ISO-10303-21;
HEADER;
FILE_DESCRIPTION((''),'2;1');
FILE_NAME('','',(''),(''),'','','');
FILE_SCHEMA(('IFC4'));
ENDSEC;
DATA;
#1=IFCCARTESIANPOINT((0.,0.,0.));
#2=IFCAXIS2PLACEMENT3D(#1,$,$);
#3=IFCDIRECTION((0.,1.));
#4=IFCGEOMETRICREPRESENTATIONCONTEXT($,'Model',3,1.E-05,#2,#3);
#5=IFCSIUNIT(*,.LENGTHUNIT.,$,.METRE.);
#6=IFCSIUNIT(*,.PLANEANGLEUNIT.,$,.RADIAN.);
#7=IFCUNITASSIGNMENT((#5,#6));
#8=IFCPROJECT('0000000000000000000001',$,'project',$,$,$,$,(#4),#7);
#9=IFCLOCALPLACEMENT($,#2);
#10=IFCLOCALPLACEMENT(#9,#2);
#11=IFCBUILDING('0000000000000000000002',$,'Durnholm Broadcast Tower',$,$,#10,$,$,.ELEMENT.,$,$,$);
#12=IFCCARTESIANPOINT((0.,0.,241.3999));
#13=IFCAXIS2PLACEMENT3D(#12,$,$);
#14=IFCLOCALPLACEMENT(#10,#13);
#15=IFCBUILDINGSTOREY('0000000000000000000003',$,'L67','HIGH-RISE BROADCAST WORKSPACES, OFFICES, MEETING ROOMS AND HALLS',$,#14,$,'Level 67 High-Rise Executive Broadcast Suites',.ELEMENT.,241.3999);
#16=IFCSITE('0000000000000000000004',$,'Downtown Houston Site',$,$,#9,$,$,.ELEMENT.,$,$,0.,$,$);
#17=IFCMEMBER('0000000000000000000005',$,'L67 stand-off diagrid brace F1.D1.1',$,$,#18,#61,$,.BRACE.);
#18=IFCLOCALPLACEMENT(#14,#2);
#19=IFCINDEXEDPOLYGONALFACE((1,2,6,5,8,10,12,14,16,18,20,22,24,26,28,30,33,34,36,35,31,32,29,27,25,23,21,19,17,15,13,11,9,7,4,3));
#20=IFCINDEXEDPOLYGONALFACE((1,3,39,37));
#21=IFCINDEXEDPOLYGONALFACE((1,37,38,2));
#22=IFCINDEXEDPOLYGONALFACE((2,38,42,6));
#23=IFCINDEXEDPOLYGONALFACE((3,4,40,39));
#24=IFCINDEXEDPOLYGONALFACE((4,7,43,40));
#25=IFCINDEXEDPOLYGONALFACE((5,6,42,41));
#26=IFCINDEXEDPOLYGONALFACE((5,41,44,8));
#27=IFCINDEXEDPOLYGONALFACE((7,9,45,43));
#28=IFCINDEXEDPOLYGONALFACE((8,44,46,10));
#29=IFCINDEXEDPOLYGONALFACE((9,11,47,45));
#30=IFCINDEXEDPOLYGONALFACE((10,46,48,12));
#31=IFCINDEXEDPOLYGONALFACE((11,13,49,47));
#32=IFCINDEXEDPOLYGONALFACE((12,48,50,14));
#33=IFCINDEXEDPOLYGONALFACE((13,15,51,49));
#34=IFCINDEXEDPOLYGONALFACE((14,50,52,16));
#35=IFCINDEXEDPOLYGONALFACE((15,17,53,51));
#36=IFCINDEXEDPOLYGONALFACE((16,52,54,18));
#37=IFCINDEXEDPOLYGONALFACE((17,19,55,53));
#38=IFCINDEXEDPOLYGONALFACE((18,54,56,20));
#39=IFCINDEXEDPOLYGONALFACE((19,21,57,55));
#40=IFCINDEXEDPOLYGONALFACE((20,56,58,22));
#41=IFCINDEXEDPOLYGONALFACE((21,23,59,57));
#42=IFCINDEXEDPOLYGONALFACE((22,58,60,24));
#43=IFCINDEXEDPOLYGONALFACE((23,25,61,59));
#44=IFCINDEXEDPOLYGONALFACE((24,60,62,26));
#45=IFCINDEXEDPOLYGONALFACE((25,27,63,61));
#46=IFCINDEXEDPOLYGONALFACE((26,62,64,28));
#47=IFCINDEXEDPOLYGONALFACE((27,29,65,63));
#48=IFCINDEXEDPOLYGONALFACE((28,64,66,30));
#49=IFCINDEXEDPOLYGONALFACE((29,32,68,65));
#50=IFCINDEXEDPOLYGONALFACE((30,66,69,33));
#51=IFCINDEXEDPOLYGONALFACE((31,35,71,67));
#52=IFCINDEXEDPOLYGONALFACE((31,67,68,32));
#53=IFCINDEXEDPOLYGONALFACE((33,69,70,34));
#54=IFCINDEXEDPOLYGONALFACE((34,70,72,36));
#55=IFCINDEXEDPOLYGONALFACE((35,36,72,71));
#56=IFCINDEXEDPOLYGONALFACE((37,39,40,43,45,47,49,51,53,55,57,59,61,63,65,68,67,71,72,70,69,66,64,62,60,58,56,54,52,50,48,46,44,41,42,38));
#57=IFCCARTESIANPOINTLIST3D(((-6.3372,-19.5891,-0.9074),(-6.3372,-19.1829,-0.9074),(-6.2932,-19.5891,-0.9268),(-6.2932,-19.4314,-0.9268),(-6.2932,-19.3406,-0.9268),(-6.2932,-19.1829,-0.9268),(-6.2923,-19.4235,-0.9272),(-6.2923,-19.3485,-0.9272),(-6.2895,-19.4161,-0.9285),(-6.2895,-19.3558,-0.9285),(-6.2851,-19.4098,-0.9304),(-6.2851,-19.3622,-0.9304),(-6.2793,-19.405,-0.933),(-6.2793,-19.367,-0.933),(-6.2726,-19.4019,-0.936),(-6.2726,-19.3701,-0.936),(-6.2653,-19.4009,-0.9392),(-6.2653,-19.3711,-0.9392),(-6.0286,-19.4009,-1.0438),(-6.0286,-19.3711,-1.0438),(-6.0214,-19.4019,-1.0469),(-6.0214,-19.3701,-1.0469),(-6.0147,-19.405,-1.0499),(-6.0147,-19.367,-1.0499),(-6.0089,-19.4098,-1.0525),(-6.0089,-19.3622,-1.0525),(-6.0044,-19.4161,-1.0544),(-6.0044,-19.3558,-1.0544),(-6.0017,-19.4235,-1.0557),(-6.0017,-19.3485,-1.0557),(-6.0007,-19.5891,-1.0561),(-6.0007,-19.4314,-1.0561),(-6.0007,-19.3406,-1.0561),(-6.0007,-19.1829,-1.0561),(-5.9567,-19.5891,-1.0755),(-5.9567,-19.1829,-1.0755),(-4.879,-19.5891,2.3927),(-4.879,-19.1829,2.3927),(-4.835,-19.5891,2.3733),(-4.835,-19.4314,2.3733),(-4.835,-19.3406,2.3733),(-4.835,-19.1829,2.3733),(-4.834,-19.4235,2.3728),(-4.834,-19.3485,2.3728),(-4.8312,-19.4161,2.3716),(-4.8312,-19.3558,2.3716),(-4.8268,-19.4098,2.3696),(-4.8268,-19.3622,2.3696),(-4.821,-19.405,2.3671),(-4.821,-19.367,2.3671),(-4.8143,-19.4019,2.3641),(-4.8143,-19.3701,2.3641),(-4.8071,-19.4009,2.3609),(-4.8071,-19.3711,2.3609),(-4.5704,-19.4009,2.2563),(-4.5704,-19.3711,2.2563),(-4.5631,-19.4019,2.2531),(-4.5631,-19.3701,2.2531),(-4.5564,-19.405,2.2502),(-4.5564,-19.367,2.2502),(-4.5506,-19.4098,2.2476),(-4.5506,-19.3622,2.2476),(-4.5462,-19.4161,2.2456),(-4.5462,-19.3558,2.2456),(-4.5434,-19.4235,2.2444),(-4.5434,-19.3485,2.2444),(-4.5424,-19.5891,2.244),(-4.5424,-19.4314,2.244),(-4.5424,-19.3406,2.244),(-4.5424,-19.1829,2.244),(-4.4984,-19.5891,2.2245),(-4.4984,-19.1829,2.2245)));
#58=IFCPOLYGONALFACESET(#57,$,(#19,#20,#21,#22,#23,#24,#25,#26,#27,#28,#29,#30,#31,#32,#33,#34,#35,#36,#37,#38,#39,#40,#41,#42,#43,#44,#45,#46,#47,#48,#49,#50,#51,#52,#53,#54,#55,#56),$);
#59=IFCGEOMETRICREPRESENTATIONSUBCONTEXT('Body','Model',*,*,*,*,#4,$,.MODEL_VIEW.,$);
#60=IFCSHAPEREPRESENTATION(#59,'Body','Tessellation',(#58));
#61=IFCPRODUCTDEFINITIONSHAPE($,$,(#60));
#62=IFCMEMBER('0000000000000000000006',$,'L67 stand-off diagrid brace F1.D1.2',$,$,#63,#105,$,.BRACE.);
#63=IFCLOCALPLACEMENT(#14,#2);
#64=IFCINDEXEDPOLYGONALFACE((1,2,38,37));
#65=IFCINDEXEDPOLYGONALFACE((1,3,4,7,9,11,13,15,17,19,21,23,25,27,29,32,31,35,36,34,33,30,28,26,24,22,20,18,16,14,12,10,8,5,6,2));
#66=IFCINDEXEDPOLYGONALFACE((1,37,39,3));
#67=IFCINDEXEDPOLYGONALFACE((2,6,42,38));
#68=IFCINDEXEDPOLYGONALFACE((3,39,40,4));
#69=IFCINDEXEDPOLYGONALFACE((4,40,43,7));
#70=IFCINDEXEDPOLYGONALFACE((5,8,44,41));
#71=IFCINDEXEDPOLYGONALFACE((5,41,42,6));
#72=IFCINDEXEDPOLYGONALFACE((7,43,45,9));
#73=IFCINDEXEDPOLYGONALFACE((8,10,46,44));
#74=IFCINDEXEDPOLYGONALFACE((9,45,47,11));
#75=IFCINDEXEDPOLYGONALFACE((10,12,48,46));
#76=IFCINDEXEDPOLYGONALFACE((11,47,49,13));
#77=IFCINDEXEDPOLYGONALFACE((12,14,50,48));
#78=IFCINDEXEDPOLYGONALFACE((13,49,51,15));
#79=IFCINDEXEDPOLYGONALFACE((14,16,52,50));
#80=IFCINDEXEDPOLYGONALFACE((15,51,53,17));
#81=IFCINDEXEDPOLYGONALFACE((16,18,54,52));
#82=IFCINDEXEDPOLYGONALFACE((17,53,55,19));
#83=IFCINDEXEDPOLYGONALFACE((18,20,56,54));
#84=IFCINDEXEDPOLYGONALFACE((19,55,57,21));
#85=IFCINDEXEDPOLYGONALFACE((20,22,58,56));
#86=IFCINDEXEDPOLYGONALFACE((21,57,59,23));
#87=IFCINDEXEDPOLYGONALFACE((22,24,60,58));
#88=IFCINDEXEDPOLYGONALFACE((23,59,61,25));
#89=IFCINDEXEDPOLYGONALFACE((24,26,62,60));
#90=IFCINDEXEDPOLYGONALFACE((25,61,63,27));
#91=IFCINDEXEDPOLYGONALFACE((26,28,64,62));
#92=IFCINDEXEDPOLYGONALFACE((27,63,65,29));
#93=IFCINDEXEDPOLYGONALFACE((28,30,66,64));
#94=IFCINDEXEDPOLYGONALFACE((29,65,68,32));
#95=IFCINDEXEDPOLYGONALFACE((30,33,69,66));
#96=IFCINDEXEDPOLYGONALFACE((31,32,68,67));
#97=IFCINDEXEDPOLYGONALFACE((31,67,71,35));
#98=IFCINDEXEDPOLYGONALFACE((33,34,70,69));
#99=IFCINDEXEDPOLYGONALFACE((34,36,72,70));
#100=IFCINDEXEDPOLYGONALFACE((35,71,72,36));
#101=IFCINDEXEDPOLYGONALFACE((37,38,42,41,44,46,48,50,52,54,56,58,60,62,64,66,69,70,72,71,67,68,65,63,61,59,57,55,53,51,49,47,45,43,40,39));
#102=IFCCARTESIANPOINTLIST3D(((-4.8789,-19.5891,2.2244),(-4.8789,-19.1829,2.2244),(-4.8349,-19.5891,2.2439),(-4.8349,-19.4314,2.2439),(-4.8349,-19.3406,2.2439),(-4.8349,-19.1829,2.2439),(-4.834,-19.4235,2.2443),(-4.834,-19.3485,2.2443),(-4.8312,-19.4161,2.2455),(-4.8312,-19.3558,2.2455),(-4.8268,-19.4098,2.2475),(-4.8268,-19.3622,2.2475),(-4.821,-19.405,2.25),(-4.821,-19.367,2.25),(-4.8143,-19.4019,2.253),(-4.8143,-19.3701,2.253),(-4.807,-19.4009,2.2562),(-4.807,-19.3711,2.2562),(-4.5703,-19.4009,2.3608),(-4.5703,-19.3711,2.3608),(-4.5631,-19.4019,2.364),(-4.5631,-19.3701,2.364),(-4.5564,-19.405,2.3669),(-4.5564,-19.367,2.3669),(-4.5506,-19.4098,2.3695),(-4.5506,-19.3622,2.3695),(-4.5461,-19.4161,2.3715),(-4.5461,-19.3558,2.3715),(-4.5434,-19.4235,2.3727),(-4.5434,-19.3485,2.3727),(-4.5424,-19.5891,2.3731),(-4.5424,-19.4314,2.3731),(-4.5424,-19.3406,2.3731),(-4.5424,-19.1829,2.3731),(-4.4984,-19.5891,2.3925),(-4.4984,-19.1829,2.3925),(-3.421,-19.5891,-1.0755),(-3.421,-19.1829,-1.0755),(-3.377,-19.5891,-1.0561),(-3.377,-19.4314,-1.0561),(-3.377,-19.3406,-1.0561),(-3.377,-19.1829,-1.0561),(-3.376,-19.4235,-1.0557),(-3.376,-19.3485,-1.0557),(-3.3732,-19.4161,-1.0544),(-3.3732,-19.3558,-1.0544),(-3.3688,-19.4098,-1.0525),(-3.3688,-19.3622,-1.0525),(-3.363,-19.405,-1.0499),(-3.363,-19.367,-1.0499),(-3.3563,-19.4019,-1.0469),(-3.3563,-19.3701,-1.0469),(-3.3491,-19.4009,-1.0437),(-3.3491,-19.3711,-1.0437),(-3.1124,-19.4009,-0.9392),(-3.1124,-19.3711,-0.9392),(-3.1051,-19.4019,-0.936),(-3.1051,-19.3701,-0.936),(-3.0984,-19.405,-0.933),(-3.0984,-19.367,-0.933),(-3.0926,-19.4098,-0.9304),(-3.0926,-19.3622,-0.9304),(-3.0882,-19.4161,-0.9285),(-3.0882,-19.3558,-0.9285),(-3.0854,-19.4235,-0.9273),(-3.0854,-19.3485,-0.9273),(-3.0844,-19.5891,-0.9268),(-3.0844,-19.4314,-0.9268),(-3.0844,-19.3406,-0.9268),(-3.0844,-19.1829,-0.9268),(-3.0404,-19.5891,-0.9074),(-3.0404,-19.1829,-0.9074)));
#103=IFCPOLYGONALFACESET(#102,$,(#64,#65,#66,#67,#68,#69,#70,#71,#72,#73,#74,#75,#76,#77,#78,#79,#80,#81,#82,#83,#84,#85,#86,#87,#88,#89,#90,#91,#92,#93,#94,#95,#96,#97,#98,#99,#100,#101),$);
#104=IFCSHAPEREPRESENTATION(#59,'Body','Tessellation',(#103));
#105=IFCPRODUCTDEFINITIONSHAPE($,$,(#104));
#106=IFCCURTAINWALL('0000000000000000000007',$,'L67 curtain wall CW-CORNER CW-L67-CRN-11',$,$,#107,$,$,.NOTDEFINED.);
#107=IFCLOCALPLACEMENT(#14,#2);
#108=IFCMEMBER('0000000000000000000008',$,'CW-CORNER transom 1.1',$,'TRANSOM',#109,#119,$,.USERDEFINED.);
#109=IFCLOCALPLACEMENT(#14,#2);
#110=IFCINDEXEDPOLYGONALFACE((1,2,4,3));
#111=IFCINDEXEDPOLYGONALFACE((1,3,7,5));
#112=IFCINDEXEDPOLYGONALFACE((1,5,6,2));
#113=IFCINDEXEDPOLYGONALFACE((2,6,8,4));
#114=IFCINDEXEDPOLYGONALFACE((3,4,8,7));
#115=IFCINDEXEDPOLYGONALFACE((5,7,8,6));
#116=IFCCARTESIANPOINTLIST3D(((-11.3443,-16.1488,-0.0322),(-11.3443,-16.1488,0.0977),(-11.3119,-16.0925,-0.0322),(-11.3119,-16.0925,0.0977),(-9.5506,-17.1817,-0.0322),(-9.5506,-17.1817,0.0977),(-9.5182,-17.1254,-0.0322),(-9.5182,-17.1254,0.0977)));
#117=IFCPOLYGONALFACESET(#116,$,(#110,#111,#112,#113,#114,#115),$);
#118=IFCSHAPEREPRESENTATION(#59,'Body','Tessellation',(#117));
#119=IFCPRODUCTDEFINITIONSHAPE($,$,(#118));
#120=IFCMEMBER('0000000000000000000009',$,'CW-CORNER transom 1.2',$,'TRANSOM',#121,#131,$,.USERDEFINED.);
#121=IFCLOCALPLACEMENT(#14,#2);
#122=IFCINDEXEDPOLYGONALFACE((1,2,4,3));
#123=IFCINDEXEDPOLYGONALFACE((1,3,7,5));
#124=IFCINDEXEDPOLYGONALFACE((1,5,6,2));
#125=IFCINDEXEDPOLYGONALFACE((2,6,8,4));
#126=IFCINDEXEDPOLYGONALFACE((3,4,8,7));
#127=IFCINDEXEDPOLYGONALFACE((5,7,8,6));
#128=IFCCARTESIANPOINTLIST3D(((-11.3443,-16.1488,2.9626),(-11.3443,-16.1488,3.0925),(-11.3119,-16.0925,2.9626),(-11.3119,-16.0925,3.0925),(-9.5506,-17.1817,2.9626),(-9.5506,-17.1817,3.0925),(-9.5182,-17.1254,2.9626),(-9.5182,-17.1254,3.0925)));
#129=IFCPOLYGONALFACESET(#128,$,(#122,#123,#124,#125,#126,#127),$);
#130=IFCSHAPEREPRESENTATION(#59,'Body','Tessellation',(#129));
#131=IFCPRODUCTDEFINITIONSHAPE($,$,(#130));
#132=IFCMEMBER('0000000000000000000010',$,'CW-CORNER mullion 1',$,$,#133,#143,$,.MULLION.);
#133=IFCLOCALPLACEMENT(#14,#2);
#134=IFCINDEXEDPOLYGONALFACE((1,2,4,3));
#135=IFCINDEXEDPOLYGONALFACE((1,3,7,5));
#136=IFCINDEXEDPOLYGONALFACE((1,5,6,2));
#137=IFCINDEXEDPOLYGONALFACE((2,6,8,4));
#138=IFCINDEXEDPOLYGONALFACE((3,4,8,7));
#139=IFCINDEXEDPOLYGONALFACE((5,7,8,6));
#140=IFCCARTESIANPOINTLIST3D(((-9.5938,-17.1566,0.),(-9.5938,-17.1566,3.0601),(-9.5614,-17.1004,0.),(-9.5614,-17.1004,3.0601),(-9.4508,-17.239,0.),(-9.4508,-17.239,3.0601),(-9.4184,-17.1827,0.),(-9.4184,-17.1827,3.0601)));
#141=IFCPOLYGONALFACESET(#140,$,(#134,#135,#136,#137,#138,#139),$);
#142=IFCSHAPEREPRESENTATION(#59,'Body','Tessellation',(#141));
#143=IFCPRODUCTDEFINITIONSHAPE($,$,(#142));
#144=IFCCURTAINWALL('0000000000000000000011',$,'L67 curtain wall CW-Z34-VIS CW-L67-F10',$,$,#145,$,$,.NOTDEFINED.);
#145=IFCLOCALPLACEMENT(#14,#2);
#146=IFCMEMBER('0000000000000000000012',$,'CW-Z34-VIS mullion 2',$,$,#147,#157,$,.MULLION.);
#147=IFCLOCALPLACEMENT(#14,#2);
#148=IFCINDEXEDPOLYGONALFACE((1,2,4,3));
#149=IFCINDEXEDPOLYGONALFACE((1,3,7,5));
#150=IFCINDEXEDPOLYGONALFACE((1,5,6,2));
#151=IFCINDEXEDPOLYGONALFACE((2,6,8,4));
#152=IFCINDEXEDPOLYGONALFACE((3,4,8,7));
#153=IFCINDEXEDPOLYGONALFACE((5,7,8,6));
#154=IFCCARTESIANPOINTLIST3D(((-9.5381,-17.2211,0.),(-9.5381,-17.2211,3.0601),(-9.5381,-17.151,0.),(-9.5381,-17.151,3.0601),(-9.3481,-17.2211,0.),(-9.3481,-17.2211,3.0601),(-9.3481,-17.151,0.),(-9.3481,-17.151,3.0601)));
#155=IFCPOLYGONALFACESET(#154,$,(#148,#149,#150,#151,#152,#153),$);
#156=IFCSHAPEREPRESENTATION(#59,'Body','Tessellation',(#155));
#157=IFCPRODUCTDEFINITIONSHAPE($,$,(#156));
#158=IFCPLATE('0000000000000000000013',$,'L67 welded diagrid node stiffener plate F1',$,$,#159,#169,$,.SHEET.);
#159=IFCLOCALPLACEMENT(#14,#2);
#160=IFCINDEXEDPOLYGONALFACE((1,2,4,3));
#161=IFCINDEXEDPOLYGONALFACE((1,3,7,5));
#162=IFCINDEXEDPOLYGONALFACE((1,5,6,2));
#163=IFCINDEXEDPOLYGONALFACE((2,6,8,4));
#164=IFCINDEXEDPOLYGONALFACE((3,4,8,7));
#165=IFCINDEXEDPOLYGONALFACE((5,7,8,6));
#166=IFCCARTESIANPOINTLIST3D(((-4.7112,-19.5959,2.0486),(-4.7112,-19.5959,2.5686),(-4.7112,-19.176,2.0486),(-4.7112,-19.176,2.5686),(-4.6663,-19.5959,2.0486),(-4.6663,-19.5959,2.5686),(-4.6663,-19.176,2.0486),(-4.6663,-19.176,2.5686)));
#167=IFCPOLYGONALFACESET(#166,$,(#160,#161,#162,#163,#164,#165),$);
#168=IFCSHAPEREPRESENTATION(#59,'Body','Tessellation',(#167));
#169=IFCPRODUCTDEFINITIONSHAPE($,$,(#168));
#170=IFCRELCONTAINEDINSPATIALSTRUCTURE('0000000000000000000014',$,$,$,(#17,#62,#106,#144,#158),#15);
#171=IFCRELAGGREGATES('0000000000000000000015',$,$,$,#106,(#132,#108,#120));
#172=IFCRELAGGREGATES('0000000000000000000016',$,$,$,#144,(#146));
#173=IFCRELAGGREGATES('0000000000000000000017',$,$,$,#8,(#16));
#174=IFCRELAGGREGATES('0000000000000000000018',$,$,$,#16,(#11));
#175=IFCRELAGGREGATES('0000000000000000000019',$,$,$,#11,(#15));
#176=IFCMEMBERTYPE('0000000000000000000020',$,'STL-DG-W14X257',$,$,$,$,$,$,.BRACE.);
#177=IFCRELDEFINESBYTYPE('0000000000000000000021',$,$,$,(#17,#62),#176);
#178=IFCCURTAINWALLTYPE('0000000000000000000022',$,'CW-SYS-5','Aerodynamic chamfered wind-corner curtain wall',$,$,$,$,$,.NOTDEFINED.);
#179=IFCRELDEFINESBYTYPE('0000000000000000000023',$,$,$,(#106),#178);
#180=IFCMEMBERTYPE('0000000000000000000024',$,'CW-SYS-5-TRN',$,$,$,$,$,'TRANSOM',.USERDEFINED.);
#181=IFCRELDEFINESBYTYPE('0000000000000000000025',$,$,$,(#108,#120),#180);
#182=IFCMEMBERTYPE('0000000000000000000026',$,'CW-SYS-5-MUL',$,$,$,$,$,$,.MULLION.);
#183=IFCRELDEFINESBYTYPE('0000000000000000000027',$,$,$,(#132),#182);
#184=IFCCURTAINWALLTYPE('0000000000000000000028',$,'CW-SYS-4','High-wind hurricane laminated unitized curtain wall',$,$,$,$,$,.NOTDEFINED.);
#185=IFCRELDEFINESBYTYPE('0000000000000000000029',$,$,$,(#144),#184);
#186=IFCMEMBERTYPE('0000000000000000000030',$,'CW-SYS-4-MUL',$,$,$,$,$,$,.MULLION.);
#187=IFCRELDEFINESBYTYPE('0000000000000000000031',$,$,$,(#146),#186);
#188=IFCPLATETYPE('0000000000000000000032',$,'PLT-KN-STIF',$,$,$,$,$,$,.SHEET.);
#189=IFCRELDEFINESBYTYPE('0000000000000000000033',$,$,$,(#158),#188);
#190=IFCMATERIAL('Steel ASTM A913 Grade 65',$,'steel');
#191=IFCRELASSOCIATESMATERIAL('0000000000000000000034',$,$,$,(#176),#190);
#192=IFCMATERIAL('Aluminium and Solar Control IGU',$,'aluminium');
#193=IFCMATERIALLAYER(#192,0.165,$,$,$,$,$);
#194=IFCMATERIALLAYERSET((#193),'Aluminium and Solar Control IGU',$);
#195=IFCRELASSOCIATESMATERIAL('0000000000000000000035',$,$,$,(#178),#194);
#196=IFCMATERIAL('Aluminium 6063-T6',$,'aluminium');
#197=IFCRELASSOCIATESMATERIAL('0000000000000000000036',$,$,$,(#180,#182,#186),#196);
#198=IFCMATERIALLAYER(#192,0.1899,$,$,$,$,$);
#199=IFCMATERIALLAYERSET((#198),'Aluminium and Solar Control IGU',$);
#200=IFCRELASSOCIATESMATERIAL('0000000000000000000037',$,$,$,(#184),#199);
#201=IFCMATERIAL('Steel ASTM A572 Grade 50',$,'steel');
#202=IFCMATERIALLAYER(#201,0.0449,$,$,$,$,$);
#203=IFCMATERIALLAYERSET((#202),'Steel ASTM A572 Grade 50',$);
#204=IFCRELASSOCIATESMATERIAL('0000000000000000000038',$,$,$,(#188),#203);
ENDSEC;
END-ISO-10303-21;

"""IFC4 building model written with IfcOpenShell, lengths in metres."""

from ifc_helpers import new_model, si_unit, direction, frame, origin, origin_2d, place, context, subcontext, project, spatial, rectangle, i_section, extrude, source, transform, mapped, material, layer, layer_set, material_profile, profile_set, type_object, type_shapes, element, aggregate, save


model = new_model("IFC4")

# Units and contexts
model_context = context("Model", 3, precision=1e-05, world=origin(), true_north=direction((0.0, 1.0)))
body_context = subcontext(model_context, "Body", "Model", "MODEL_VIEW")
ifc_project = project(units=[si_unit("LENGTHUNIT", "METRE"), si_unit("PLANEANGLEUNIT", "RADIAN")], contexts=[model_context])

# Site, building, storey
site_placement = place(None, origin())
site = spatial("IfcSite", under=ifc_project, at=site_placement, Name="Downtown Houston Site", CompositionType="ELEMENT", RefElevation=0.0)
building_placement = place(site_placement, origin())
building = spatial("IfcBuilding", under=site, at=building_placement, Name="Durnholm Broadcast Tower", CompositionType="ELEMENT")
storey_placement = place(building_placement, frame((0.0, 0.0, 241.3999)))
storey = spatial("IfcBuildingStorey", under=building, at=storey_placement, Name="L67", Description="HIGH-RISE BROADCAST WORKSPACES, OFFICES, MEETING ROOMS AND HALLS", LongName="Level 67 High-Rise Executive Broadcast Suites", CompositionType="ELEMENT", Elevation=241.3999)

# Members
ifc_material_1 = material(Name="Steel ASTM A913 Grade 65", Category="steel")
ifc_material_profile_1 = material_profile(ifc_material_1, i_section(OverallWidth=0.4062, OverallDepth=0.416, WebThickness=0.0298, FlangeThickness=0.0481, FilletRadius=0.0305, at=origin_2d()), Name="W14X257")
ifc_profile_set_1 = profile_set([ifc_material_profile_1], Name="Steel ASTM A913 Grade 65")
member_type_1 = type_object("IfcMemberType", Name="STL-DG-W14X257", PredefinedType="BRACE", material=ifc_profile_set_1)
shared_shape_1 = source(origin(), body_context, "Body", "SweptSolid", [
    extrude(i_section(OverallWidth=0.4062, OverallDepth=0.416, WebThickness=0.0298, FlangeThickness=0.0481, FilletRadius=0.0305, at=origin_2d()), origin(), (0.0, 0.0, 1.0), 3.6079),
])
member_1_placement = place(storey_placement, frame((-6.147, -19.386, -0.9915), z_axis=(0.404185, 0.0, 0.914677), x_axis=(0.0, 1.0, 0.0)))
element("IfcMember", 1, at=member_1_placement, inside=storey, type_object=member_type_1, Name="L67 stand-off diagrid brace F1.D1.1", PredefinedType="BRACE", context=body_context, shape_type="MappedRepresentation", body=[
    mapped(shared_shape_1, transform((0.0, 0.0, 0.0), x_axis=(1.0, 0.0, 0.0), y_axis=(0.0, 1.0, 0.0), z_axis=(0.0, 0.0, 1.0), scale=1.0)),
])
shared_shape_2 = source(origin(), body_context, "Body", "SweptSolid", [
    extrude(i_section(OverallWidth=0.4062, OverallDepth=0.416, WebThickness=0.0298, FlangeThickness=0.0481, FilletRadius=0.0305, at=origin_2d()), origin(), (0.0, 0.0, 1.0), 3.6077),
])
type_shapes(member_type_1, [shared_shape_1, shared_shape_2])
member_2_placement = place(storey_placement, frame((-3.2307, -19.386, -0.9915), z_axis=(-0.404128, 0.0, 0.914702), x_axis=(0.0, -1.0, 0.0)))
element("IfcMember", 2, at=member_2_placement, inside=storey, type_object=member_type_1, Name="L67 stand-off diagrid brace F1.D1.2", PredefinedType="BRACE", context=body_context, shape_type="MappedRepresentation", body=[
    mapped(shared_shape_2, transform((0.0, 0.0, 0.0), x_axis=(1.0, 0.0, 0.0), y_axis=(0.0, 1.0, 0.0), z_axis=(0.0, 0.0, 1.0), scale=1.0)),
])

# Curtain wall, members
ifc_material_2 = material(Name="Aluminium and Solar Control IGU", Category="aluminium")
ifc_layer_1 = layer(ifc_material_2, 0.165)
ifc_layer_set_1 = layer_set([ifc_layer_1], Name="Aluminium and Solar Control IGU")
curtain_wall_type_1 = type_object("IfcCurtainWallType", Name="CW-SYS-5", Description="Aerodynamic chamfered wind-corner curtain wall", PredefinedType="NOTDEFINED", material=ifc_layer_set_1)
curtain_wall_1_placement = place(storey_placement, origin())
curtain_wall_1 = element("IfcCurtainWall", 3, at=curtain_wall_1_placement, inside=storey, type_object=curtain_wall_type_1, Name="L67 curtain wall CW-CORNER CW-L67-CRN-11", PredefinedType="NOTDEFINED")
ifc_material_3 = material(Name="Aluminium 6063-T6", Category="aluminium")
ifc_material_profile_2 = material_profile(ifc_material_3, rectangle(XDim=0.0649, YDim=0.1299, at=origin_2d()), Name="CWT65X130")
ifc_profile_set_2 = profile_set([ifc_material_profile_2], Name="Aluminium 6063-T6")
member_type_2 = type_object("IfcMemberType", Name="CW-SYS-5-TRN", ElementType="TRANSOM", PredefinedType="USERDEFINED", material=ifc_profile_set_2)
shared_shape_3 = source(origin(), body_context, "Body", "SweptSolid", [
    extrude(rectangle(XDim=0.0649, YDim=0.1299, at=origin_2d()), origin(), (0.0, 0.0, 1.0), 2.0698),
])
type_shapes(member_type_2, [shared_shape_3])
member_3_placement = place(storey_placement, frame((-9.5344, -17.1536, 0.0327), z_axis=(-0.866576, 0.499045, 0.0), x_axis=(-0.499045, -0.866576, 0.0)))
member_3 = element("IfcMember", 4, at=member_3_placement, type_object=member_type_2, Name="CW-CORNER transom 1.1", ObjectType="TRANSOM", PredefinedType="USERDEFINED", context=body_context, shape_type="MappedRepresentation", body=[
    mapped(shared_shape_3, transform((0.0, 0.0, 0.0), x_axis=(1.0, 0.0, 0.0), y_axis=(0.0, 1.0, 0.0), z_axis=(0.0, 0.0, 1.0), scale=1.0)),
])
member_4_placement = place(storey_placement, frame((-9.5344, -17.1536, 3.0276), z_axis=(-0.866576, 0.499045, 0.0), x_axis=(-0.499045, -0.866576, 0.0)))
member_4 = element("IfcMember", 5, at=member_4_placement, type_object=member_type_2, Name="CW-CORNER transom 1.2", ObjectType="TRANSOM", PredefinedType="USERDEFINED", context=body_context, shape_type="MappedRepresentation", body=[
    mapped(shared_shape_3, transform((0.0, 0.0, 0.0), x_axis=(1.0, 0.0, 0.0), y_axis=(0.0, 1.0, 0.0), z_axis=(0.0, 0.0, 1.0), scale=1.0)),
])
ifc_material_profile_3 = material_profile(ifc_material_3, rectangle(XDim=0.0649, YDim=0.165, at=origin_2d()), Name="CWM65X165")
ifc_profile_set_3 = profile_set([ifc_material_profile_3], Name="Aluminium 6063-T6")
member_type_3 = type_object("IfcMemberType", Name="CW-SYS-5-MUL", PredefinedType="MULLION", material=ifc_profile_set_3)
shared_shape_4 = source(origin(), body_context, "Body", "SweptSolid", [
    extrude(rectangle(XDim=0.0649, YDim=0.165, at=origin_2d()), origin(), (0.0, 0.0, 1.0), 3.0601),
])
type_shapes(member_type_3, [shared_shape_4])
member_5_placement = place(storey_placement, frame((-9.5061, -17.1697, 0.0), z_axis=(0.0, 0.0, 1.0), x_axis=(-0.499059, -0.866568, 0.0)))
member_5 = element("IfcMember", 6, at=member_5_placement, type_object=member_type_3, Name="CW-CORNER mullion 1", PredefinedType="MULLION", context=body_context, shape_type="MappedRepresentation", body=[
    mapped(shared_shape_4, transform((0.0, 0.0, 0.0), x_axis=(1.0, 0.0, 0.0), y_axis=(0.0, 1.0, 0.0), z_axis=(0.0, 0.0, 1.0), scale=1.0)),
])
aggregate(curtain_wall_1, [member_5, member_3, member_4])

# Curtain wall, member
ifc_layer_2 = layer(ifc_material_2, 0.1899)
ifc_layer_set_2 = layer_set([ifc_layer_2], Name="Aluminium and Solar Control IGU")
curtain_wall_type_2 = type_object("IfcCurtainWallType", Name="CW-SYS-4", Description="High-wind hurricane laminated unitized curtain wall", PredefinedType="NOTDEFINED", material=ifc_layer_set_2)
curtain_wall_2_placement = place(storey_placement, origin())
curtain_wall_2 = element("IfcCurtainWall", 7, at=curtain_wall_2_placement, inside=storey, type_object=curtain_wall_type_2, Name="L67 curtain wall CW-Z34-VIS CW-L67-F10", PredefinedType="NOTDEFINED")
ifc_material_profile_4 = material_profile(ifc_material_3, rectangle(XDim=0.0701, YDim=0.1899, at=origin_2d()), Name="CWM70X190")
ifc_profile_set_4 = profile_set([ifc_material_profile_4], Name="Aluminium 6063-T6")
member_type_4 = type_object("IfcMemberType", Name="CW-SYS-4-MUL", PredefinedType="MULLION", material=ifc_profile_set_4)
shared_shape_5 = source(origin(), body_context, "Body", "SweptSolid", [
    extrude(rectangle(XDim=0.0701, YDim=0.1899, at=origin_2d()), origin(), (0.0, 0.0, 1.0), 3.0601),
])
type_shapes(member_type_4, [shared_shape_5])
member_6_placement = place(storey_placement, frame((-9.4431, -17.186, 0.0), z_axis=(0.0, 0.0, 1.0), x_axis=(0.0, -1.0, 0.0)))
member_6 = element("IfcMember", 8, at=member_6_placement, type_object=member_type_4, Name="CW-Z34-VIS mullion 2", PredefinedType="MULLION", context=body_context, shape_type="MappedRepresentation", body=[
    mapped(shared_shape_5, transform((0.0, 0.0, 0.0), x_axis=(1.0, 0.0, 0.0), y_axis=(0.0, 1.0, 0.0), z_axis=(0.0, 0.0, 1.0), scale=1.0)),
])

# Plate
ifc_material_4 = material(Name="Steel ASTM A572 Grade 50", Category="steel")
ifc_layer_3 = layer(ifc_material_4, 0.0449)
ifc_layer_set_3 = layer_set([ifc_layer_3], Name="Steel ASTM A572 Grade 50")
plate_type_1 = type_object("IfcPlateType", Name="PLT-KN-STIF", PredefinedType="SHEET", material=ifc_layer_set_3)
shared_shape_6 = source(origin(), body_context, "Body", "SweptSolid", [
    extrude(rectangle(XDim=0.0449, YDim=0.4199, at=origin_2d()), origin(), (0.0, 0.0, 1.0), 0.52),
])
type_shapes(plate_type_1, [shared_shape_6])
plate_1_placement = place(storey_placement, frame((-4.6887, -19.386, 2.0486), z_axis=(0.0, 0.0, 1.0), x_axis=(1.0, 0.0, 0.0)))
element("IfcPlate", 9, at=plate_1_placement, inside=storey, type_object=plate_type_1, Name="L67 welded diagrid node stiffener plate F1", PredefinedType="SHEET", context=body_context, shape_type="MappedRepresentation", body=[
    mapped(shared_shape_6, transform((0.0, 0.0, 0.0), x_axis=(1.0, 0.0, 0.0), y_axis=(0.0, 1.0, 0.0), z_axis=(0.0, 0.0, 1.0), scale=1.0)),
])

aggregate(curtain_wall_2, [member_6])

save(model, "model.ifc")
